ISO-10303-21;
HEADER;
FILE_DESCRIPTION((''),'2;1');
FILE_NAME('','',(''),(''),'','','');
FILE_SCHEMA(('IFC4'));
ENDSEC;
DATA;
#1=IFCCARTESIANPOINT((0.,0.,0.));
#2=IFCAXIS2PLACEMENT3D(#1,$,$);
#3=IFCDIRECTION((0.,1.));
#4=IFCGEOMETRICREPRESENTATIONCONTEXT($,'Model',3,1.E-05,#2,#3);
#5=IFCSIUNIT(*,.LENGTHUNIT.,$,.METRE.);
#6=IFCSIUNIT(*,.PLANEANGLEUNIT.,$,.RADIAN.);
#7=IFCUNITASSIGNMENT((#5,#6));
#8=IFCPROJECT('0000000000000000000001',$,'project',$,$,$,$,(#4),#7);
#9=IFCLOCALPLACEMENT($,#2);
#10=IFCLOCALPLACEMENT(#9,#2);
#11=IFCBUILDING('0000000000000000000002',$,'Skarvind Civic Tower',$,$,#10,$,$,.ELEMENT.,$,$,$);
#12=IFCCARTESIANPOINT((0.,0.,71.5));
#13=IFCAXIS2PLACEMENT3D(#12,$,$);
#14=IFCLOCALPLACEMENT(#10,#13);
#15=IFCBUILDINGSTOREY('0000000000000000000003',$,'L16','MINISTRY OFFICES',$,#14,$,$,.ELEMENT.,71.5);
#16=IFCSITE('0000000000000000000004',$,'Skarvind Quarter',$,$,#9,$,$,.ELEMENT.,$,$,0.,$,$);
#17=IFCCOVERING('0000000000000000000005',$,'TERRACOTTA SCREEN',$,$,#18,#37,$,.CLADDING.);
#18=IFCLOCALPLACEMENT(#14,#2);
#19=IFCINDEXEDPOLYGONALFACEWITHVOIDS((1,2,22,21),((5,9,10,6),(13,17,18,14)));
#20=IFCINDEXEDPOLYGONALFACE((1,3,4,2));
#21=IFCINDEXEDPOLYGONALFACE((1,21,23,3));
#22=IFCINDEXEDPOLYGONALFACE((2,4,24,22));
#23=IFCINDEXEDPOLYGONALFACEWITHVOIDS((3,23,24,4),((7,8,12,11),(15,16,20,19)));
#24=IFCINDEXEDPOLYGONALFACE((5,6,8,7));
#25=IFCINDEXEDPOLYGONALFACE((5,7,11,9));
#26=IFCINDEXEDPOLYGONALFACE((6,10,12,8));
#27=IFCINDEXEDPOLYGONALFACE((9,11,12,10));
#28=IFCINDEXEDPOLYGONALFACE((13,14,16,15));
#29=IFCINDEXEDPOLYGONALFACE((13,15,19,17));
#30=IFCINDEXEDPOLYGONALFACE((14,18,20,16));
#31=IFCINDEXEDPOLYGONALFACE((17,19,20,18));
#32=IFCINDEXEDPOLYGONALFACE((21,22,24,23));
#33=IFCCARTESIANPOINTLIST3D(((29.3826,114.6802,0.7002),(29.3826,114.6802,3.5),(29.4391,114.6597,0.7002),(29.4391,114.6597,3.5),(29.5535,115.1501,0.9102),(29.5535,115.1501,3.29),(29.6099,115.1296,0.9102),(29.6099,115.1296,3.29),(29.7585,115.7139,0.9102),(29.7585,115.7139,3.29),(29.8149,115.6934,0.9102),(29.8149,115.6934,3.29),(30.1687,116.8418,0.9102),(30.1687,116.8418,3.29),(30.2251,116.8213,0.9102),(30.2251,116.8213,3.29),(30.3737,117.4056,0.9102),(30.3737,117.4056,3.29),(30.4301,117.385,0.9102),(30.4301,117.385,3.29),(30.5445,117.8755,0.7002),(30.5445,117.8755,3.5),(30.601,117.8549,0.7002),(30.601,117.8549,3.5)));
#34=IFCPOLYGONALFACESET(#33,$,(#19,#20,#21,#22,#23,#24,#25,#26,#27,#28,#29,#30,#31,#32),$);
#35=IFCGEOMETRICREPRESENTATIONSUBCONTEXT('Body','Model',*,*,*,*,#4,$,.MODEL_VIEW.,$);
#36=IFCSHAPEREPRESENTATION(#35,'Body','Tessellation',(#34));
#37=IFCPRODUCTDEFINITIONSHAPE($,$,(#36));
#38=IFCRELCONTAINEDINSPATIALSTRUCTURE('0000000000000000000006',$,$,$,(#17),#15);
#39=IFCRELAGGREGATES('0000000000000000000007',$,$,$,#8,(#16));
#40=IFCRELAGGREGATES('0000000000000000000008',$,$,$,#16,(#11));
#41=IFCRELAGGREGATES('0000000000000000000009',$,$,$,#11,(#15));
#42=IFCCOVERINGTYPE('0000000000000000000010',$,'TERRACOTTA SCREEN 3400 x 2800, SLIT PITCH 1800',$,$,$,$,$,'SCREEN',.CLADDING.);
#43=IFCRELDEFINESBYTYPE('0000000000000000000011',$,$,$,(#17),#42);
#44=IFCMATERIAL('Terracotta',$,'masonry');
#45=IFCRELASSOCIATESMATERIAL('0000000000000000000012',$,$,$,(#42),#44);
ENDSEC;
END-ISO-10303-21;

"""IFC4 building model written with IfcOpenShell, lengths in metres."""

from ifc_helpers import new_model, si_unit, direction, frame, origin, place, context, subcontext, project, spatial, polyline, outline, extrude, material, material_profile, profile_set, type_object, element, save


model = new_model("IFC4")

# Units and contexts
model_context = context("Model", 3, precision=1e-05, world=origin(), true_north=direction((0.0, 1.0)))
body_context = subcontext(model_context, "Body", "Model", "MODEL_VIEW")
ifc_project = project(units=[si_unit("LENGTHUNIT", "METRE"), si_unit("PLANEANGLEUNIT", "RADIAN")], contexts=[model_context])

# Site, building, storey
site_placement = place(None, origin())
site = spatial("IfcSite", under=ifc_project, at=site_placement, Name="Skarvind Quarter", CompositionType="ELEMENT", RefElevation=0.0)
building_placement = place(site_placement, origin())
building = spatial("IfcBuilding", under=site, at=building_placement, Name="Skarvind Civic Tower", CompositionType="ELEMENT")
storey_placement = place(building_placement, frame((0.0, 0.0, 71.5)))
storey = spatial("IfcBuildingStorey", under=building, at=storey_placement, Name="L16", Description="MINISTRY OFFICES", CompositionType="ELEMENT", Elevation=71.5)

# Covering
ifc_material_1 = material(Name="Terracotta", Category="masonry")
ifc_material_profile_1 = material_profile(ifc_material_1, outline(polyline([(-1.7, -1.3999), (1.7, -1.3999), (1.7, 1.3999), (-1.7, 1.3999), (-1.7, -1.3999)]), holes=[polyline([(-1.2, -1.1899), (-0.6001, -1.1899), (-0.6001, 1.1899), (-1.2, 1.1899), (-1.2, -1.1899)]), polyline([(0.6001, -1.1899), (1.2, -1.1899), (1.2, 1.1899), (0.6001, 1.1899), (0.6001, -1.1899)])]), Name="TERRACOTTA SCREEN 3400 x 2800, SLIT PITCH 1800")
ifc_profile_set_1 = profile_set([ifc_material_profile_1], Name="Terracotta")
covering_type = type_object("IfcCoveringType", Name="TERRACOTTA SCREEN 3400 x 2800, SLIT PITCH 1800", ElementType="SCREEN", PredefinedType="CLADDING", material=ifc_profile_set_1)
covering_placement = place(storey_placement, frame((30.02, 116.2573, 2.1001), z_axis=(-0.939793, 0.341743, 0.0), x_axis=(-0.341743, -0.939793, 0.0)))
element("IfcCovering", 1, at=covering_placement, inside=storey, type_object=covering_type, Name="TERRACOTTA SCREEN", PredefinedType="CLADDING", context=body_context, shape_type="SweptSolid", body=[
    extrude(outline(polyline([(-1.7, -1.3999), (1.7, -1.3999), (1.7, 1.3999), (-1.7, 1.3999), (-1.7, -1.3999)]), holes=[polyline([(-1.2, -1.1899), (-0.6001, -1.1899), (-0.6001, 1.1899), (-1.2, 1.1899), (-1.2, -1.1899)]), polyline([(0.6001, -1.1899), (1.2, -1.1899), (1.2, 1.1899), (0.6001, 1.1899), (0.6001, -1.1899)])]), origin(), (0.0, 0.0, 1.0), 0.0601),
])

save(model, "model.ifc")
